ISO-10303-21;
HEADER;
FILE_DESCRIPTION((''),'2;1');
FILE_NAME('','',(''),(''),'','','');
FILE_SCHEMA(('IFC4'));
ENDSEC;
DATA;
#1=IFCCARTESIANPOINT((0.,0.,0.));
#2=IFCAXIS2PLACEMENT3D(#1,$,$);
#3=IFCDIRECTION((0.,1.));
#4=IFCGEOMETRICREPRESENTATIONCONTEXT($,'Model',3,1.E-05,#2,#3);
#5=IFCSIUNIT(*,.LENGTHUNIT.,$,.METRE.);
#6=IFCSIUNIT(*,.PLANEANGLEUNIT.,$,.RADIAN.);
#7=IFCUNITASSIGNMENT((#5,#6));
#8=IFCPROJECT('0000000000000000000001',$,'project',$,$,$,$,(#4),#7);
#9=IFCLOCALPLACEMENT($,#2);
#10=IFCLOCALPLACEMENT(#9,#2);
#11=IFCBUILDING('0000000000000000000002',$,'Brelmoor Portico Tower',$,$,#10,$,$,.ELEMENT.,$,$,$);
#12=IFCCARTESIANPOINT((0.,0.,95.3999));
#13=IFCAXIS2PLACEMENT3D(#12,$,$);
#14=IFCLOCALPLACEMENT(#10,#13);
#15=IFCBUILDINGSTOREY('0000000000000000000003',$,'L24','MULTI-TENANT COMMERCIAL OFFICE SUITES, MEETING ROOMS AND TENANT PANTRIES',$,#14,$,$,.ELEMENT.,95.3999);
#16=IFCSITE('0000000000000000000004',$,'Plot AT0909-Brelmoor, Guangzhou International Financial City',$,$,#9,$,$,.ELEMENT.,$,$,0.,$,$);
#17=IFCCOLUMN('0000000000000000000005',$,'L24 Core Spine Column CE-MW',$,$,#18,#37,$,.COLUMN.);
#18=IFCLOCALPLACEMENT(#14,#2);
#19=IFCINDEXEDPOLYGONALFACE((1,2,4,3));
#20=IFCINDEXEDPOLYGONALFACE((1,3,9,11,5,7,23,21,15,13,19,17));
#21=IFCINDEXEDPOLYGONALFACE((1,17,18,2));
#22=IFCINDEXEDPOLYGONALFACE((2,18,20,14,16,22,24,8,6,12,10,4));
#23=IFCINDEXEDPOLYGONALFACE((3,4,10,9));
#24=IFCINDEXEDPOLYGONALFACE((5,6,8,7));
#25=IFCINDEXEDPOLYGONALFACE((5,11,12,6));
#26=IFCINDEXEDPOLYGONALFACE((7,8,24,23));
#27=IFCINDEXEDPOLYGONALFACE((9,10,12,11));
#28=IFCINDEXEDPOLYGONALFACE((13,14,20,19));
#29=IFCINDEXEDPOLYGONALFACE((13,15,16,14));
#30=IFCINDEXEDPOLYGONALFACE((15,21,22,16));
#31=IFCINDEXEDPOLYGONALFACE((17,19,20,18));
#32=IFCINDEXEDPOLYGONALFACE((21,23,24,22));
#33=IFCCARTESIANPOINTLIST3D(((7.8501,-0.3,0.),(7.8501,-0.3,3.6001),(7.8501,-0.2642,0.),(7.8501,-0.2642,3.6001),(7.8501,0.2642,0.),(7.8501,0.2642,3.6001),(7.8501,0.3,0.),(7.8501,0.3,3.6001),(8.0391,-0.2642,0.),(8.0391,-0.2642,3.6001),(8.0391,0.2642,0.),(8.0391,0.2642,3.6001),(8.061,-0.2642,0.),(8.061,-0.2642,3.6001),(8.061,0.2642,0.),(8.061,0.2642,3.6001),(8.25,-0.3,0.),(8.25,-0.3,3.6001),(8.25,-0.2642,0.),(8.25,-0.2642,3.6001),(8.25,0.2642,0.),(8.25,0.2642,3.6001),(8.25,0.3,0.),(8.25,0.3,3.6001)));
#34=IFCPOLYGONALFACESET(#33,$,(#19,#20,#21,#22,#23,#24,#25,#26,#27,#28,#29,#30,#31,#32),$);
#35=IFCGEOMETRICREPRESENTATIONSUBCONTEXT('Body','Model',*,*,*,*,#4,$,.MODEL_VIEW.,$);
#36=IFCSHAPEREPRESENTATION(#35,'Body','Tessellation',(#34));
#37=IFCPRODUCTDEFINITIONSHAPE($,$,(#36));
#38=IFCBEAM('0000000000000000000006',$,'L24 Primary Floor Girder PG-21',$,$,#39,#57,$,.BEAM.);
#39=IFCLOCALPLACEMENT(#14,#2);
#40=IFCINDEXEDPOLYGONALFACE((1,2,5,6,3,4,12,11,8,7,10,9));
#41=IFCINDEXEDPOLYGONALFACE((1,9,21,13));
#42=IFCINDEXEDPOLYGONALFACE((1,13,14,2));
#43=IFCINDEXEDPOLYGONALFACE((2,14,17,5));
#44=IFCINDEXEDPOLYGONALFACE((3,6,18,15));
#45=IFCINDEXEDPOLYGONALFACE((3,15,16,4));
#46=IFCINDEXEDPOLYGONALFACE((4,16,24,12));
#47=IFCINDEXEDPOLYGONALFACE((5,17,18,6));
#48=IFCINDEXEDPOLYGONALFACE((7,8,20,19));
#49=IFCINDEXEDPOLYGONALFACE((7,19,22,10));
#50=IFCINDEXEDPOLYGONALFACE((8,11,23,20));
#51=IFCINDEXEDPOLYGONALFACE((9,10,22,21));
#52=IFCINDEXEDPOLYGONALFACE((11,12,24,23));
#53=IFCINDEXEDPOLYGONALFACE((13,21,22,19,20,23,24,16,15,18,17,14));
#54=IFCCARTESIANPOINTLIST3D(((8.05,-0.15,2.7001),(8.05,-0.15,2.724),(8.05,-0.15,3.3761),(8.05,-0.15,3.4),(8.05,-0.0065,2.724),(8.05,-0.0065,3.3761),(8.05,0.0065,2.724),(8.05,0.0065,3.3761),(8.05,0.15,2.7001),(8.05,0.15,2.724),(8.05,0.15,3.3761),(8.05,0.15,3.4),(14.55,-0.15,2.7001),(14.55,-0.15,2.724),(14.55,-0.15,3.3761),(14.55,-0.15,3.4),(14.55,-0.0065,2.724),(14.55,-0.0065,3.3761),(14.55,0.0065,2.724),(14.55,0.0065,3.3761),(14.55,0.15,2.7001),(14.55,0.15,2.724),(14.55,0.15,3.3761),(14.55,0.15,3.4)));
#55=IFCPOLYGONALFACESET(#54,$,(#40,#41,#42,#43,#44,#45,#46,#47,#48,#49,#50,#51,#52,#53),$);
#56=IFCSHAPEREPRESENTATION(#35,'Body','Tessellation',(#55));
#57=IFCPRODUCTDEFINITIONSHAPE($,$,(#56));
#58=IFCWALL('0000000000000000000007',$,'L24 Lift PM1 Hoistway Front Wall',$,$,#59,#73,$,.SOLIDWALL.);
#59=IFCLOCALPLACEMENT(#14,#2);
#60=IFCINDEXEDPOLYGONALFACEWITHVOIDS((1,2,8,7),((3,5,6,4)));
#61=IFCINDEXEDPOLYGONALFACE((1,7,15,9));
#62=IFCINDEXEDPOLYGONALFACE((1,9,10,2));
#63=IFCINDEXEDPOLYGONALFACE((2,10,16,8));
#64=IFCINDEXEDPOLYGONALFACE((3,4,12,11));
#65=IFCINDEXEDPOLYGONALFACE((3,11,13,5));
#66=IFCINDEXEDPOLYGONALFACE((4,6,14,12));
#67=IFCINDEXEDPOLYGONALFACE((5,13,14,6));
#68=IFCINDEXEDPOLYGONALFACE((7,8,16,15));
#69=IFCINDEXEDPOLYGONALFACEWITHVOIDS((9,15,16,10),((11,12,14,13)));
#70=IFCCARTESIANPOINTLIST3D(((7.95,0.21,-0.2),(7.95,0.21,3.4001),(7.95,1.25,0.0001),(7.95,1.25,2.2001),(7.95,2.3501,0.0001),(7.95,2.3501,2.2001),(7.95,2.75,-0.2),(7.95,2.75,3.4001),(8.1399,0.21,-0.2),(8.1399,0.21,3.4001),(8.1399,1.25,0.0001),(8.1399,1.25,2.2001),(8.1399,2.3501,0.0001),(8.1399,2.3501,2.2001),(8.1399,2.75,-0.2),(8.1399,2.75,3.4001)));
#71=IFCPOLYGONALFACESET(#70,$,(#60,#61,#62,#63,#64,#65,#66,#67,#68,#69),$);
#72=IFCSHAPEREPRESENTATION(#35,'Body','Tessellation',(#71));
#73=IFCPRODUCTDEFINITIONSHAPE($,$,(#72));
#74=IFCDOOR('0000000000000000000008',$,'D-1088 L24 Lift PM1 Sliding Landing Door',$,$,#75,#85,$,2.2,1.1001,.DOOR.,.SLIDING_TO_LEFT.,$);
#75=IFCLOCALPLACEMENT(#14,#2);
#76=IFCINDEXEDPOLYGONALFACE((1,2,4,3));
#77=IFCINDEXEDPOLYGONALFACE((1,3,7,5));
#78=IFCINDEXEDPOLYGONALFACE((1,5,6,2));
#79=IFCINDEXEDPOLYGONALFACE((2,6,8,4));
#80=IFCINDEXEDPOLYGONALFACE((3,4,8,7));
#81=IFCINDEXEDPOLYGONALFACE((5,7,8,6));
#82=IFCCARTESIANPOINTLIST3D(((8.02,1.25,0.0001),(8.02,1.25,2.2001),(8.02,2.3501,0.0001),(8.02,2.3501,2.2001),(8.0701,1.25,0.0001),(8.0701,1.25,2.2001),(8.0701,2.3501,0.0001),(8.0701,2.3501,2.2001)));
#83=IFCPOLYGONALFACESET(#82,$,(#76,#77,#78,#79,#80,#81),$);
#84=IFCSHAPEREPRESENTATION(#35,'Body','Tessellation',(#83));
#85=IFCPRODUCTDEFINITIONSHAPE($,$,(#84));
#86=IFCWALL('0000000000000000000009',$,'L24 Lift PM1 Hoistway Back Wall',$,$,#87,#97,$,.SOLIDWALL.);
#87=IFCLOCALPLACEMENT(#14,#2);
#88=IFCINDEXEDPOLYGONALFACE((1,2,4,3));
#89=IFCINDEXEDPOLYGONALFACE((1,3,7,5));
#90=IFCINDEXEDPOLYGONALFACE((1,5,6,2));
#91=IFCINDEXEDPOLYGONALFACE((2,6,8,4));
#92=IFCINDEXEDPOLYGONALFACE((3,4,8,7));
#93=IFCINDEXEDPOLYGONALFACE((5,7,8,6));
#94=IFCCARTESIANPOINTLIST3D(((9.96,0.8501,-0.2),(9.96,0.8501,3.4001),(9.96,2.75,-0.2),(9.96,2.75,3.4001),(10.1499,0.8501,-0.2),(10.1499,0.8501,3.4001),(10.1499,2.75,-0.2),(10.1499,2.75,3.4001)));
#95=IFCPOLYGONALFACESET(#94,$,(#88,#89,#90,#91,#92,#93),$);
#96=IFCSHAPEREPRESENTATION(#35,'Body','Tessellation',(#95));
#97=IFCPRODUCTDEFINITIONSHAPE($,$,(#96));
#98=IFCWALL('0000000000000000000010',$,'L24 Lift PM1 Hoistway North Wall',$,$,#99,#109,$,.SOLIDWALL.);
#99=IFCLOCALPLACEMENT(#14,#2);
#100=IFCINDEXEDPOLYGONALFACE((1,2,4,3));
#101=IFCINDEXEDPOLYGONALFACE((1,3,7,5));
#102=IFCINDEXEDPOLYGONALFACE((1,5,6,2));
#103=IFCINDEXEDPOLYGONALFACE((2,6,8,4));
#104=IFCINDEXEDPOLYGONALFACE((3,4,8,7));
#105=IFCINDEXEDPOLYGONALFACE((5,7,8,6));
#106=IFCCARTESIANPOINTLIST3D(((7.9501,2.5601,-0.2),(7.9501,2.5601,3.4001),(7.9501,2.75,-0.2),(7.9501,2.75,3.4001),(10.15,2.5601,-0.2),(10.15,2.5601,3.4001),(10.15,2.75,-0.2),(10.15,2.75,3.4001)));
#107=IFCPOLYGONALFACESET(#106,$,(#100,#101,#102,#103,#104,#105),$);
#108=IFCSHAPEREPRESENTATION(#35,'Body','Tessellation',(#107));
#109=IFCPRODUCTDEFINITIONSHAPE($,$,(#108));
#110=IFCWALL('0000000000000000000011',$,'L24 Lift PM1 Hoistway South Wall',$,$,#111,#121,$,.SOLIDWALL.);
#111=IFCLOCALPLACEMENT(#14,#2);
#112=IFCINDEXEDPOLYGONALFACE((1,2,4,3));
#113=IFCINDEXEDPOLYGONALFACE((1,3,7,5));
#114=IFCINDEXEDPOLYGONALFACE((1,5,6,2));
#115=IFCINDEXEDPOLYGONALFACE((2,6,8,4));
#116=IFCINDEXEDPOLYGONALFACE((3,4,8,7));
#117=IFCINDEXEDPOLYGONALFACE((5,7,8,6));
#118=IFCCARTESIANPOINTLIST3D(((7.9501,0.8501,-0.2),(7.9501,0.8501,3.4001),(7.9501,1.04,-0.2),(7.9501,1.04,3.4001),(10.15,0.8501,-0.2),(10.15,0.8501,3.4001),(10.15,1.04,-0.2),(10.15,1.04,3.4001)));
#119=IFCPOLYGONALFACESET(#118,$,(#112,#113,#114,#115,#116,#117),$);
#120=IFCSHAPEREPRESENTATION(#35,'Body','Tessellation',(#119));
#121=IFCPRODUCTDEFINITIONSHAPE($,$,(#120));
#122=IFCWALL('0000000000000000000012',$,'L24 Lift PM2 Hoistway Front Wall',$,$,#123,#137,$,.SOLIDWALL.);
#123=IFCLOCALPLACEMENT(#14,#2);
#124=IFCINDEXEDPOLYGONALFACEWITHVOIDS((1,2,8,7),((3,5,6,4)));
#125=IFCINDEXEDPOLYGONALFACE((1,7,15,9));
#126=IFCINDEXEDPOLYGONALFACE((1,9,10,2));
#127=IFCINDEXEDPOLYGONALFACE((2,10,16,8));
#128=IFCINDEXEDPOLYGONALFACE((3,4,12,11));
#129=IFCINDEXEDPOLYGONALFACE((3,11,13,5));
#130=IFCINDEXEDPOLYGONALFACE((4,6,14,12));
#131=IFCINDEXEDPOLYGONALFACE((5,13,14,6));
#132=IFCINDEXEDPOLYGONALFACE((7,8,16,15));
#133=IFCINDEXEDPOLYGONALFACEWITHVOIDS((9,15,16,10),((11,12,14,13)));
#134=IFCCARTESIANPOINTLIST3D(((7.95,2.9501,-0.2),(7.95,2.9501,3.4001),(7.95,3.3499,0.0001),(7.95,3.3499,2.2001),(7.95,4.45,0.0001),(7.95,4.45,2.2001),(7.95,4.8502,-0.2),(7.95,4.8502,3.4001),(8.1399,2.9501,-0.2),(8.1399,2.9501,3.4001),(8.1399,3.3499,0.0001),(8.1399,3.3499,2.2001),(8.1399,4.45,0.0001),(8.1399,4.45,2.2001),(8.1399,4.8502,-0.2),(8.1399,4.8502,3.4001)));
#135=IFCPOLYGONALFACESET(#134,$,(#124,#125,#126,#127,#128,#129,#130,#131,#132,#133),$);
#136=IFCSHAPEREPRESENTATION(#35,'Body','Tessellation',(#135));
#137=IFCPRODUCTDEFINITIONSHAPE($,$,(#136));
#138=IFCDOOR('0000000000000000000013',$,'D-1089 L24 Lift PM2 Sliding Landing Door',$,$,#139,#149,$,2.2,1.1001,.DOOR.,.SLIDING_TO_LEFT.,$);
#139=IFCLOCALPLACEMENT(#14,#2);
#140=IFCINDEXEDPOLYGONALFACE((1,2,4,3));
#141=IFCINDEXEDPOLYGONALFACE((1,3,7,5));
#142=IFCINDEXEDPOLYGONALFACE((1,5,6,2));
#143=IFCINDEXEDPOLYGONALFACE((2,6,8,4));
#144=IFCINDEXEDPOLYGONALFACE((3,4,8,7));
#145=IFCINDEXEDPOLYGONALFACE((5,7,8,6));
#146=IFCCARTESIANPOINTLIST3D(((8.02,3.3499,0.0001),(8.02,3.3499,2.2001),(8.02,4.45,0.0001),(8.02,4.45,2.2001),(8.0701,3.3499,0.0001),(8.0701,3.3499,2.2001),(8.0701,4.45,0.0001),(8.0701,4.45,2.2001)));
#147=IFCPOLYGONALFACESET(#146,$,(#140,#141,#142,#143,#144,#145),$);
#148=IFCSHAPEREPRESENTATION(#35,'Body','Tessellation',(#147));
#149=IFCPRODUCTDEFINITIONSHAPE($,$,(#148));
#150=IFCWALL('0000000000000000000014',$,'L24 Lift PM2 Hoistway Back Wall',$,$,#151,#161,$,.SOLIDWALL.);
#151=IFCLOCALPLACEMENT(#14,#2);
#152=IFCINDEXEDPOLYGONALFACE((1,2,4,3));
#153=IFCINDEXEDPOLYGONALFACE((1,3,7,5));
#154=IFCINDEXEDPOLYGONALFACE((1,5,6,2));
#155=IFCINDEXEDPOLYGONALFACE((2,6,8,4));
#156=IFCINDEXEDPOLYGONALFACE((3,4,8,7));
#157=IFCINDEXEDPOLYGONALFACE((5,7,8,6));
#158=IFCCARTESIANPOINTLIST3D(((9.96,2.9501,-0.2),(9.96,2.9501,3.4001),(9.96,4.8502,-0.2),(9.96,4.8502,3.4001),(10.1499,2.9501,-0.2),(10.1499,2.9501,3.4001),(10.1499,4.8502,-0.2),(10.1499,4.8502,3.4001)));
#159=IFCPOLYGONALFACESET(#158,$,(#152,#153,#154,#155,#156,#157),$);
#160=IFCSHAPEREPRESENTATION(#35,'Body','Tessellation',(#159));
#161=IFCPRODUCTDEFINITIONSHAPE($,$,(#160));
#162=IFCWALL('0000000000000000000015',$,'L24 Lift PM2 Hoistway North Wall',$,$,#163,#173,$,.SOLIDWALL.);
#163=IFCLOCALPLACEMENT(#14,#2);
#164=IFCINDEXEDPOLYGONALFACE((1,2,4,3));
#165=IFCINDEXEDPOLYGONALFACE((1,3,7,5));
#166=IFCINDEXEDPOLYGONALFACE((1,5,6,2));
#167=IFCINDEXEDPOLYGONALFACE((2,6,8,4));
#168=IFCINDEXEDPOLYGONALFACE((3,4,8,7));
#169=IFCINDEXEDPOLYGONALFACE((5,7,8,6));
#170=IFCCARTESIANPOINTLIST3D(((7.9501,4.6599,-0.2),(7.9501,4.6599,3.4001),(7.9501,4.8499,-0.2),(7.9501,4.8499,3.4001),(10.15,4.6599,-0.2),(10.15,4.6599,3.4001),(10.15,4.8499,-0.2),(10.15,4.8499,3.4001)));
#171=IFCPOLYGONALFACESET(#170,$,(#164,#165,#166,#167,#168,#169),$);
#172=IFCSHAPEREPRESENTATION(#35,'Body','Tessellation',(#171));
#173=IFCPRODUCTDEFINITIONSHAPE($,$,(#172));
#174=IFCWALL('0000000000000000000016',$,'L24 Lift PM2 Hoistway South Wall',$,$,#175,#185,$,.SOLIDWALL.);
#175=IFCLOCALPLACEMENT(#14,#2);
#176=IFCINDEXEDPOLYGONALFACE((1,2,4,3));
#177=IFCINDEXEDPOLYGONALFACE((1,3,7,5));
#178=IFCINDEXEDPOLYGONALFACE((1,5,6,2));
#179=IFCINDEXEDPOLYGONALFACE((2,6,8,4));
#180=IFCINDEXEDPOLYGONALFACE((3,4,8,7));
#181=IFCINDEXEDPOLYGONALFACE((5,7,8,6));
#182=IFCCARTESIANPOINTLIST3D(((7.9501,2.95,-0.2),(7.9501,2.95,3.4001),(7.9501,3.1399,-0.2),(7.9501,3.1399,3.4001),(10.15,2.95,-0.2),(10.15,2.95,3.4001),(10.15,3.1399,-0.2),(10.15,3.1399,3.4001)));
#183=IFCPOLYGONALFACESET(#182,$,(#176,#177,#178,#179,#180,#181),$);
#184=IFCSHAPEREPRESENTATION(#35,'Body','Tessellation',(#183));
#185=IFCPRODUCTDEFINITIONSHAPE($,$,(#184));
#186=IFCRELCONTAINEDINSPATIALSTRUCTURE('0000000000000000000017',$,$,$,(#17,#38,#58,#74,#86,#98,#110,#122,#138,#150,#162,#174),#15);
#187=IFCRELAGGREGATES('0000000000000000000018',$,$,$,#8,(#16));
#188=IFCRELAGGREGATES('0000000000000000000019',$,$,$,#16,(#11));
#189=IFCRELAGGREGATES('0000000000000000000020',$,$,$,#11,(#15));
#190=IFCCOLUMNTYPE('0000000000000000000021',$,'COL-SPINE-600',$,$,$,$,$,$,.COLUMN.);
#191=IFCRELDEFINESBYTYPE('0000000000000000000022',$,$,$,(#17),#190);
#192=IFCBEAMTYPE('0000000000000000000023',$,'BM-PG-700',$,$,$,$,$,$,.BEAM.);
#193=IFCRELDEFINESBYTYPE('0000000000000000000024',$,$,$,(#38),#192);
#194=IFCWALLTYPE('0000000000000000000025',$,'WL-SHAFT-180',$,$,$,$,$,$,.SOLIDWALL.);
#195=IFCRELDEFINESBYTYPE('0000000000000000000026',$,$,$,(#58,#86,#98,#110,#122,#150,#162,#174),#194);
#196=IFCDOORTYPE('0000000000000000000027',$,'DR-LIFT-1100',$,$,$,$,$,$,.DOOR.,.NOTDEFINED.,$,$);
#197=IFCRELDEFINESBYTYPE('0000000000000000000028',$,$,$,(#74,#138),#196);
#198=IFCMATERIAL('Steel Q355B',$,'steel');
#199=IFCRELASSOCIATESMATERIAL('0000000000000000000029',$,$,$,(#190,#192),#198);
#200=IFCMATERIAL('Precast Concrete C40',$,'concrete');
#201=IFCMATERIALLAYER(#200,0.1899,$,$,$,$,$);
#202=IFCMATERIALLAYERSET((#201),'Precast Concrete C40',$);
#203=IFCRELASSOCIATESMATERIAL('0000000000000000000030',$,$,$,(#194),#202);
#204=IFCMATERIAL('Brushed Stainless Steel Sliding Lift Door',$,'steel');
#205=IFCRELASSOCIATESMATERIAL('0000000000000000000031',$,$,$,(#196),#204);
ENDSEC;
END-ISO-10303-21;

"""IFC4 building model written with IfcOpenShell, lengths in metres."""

from ifc_helpers import new_model, si_unit, direction, frame, frame_2d, origin, origin_2d, place, context, subcontext, project, spatial, rectangle, i_section, extrude, material, layer, layer_set, material_profile, profile_set, type_object, element, fill, save


model = new_model("IFC4")

# Units and contexts
model_context = context("Model", 3, precision=1e-05, world=origin(), true_north=direction((0.0, 1.0)))
body_context = subcontext(model_context, "Body", "Model", "MODEL_VIEW")
ifc_project = project(units=[si_unit("LENGTHUNIT", "METRE"), si_unit("PLANEANGLEUNIT", "RADIAN")], contexts=[model_context])

# Site, building, storey
site_placement = place(None, origin())
site = spatial("IfcSite", under=ifc_project, at=site_placement, Name="Plot AT0909-Brelmoor, Guangzhou International Financial City", CompositionType="ELEMENT", RefElevation=0.0)
building_placement = place(site_placement, origin())
building = spatial("IfcBuilding", under=site, at=building_placement, Name="Brelmoor Portico Tower", CompositionType="ELEMENT")
storey_placement = place(building_placement, frame((0.0, 0.0, 95.3999)))
storey = spatial("IfcBuildingStorey", under=building, at=storey_placement, Name="L24", Description="MULTI-TENANT COMMERCIAL OFFICE SUITES, MEETING ROOMS AND TENANT PANTRIES", CompositionType="ELEMENT", Elevation=95.3999)

# Column
ifc_material_1 = material(Name="Steel Q355B", Category="steel")
ifc_material_profile_1 = material_profile(ifc_material_1, i_section(OverallWidth=0.3999, OverallDepth=0.6001, WebThickness=0.022, FlangeThickness=0.0359, at=origin_2d()), Name="HW 600x400x22x36")
ifc_profile_set_1 = profile_set([ifc_material_profile_1], Name="Steel Q355B")
column_type = type_object("IfcColumnType", Name="COL-SPINE-600", PredefinedType="COLUMN", material=ifc_profile_set_1)
column_placement = place(storey_placement, frame((8.05, 0.0, 0.0), z_axis=(0.0, 0.0, 1.0), x_axis=(1.0, 0.0, 0.0)))
element("IfcColumn", 1, at=column_placement, inside=storey, type_object=column_type, Name="L24 Core Spine Column CE-MW", PredefinedType="COLUMN", context=body_context, shape_type="SweptSolid", body=[
    extrude(i_section(OverallWidth=0.3999, OverallDepth=0.6001, WebThickness=0.022, FlangeThickness=0.0359, at=origin_2d()), origin(), (0.0, 0.0, 1.0), 3.6001),
])

# Beam
ifc_material_profile_2 = material_profile(ifc_material_1, i_section(OverallWidth=0.3, OverallDepth=0.7, WebThickness=0.0129, FlangeThickness=0.0239, at=origin_2d()), Name="HN 700x300x13x24")
ifc_profile_set_2 = profile_set([ifc_material_profile_2], Name="Steel Q355B")
beam_type = type_object("IfcBeamType", Name="BM-PG-700", PredefinedType="BEAM", material=ifc_profile_set_2)
beam_placement = place(storey_placement, frame((8.05, 0.0, 3.05), z_axis=(1.0, 0.0, 0.0), x_axis=(0.0, 1.0, 0.0)))
element("IfcBeam", 2, at=beam_placement, inside=storey, type_object=beam_type, Name="L24 Primary Floor Girder PG-21", PredefinedType="BEAM", context=body_context, shape_type="SweptSolid", body=[
    extrude(i_section(OverallWidth=0.3, OverallDepth=0.7, WebThickness=0.0129, FlangeThickness=0.0239, at=origin_2d()), origin(), (0.0, 0.0, 1.0), 6.5),
])

# Wall, opening, door
ifc_material_2 = material(Name="Precast Concrete C40", Category="concrete")
ifc_layer_1 = layer(ifc_material_2, 0.1899)
ifc_layer_set_1 = layer_set([ifc_layer_1], Name="Precast Concrete C40")
wall_type_1 = type_object("IfcWallType", Name="WL-SHAFT-180", PredefinedType="SOLIDWALL", material=ifc_layer_set_1)
wall_1_placement = place(storey_placement, frame((8.0449, 0.21, -0.2), z_axis=(0.0, 0.0, 1.0), x_axis=(0.0, 1.0, 0.0)))
wall_1 = element("IfcWall", 3, at=wall_1_placement, inside=storey, type_object=wall_type_1, Name="L24 Lift PM1 Hoistway Front Wall", PredefinedType="SOLIDWALL", context=body_context, shape_type="SweptSolid", body=[
    extrude(rectangle(XDim=2.54, YDim=0.1899, at=frame_2d((1.27, 0.0))), origin(), (0.0, 0.0, 1.0), 3.6001),
])
opening_1_placement = place(wall_1_placement, frame((1.04, 0.0, 0.2)))
opening_1 = element("IfcOpeningElement", 4, at=opening_1_placement, cuts=wall_1, PredefinedType="OPENING", context=body_context, shape_type="SweptSolid", body=[
    extrude(rectangle(XDim=1.1001, YDim=2.2, at=frame_2d((0.55, 1.1001))), frame((0.0, 0.105, 0.0), z_axis=(0.0, -1.0, 0.0), x_axis=(1.0, 0.0, 0.0)), (0.0, 0.0, 1.0), 0.21),
])
ifc_material_3 = material(Name="Brushed Stainless Steel Sliding Lift Door", Category="steel")
door_type_1 = type_object("IfcDoorType", Name="DR-LIFT-1100", OperationType="NOTDEFINED", PredefinedType="DOOR", material=ifc_material_3)
door_1_placement = place(opening_1_placement, origin())
door_1 = element("IfcDoor", 5, at=door_1_placement, inside=storey, type_object=door_type_1, Name="D-1088 L24 Lift PM1 Sliding Landing Door", OperationType="SLIDING_TO_LEFT", OverallHeight=2.2, OverallWidth=1.1001, PredefinedType="DOOR", context=body_context, shape_type="SweptSolid", body=[
    extrude(rectangle(XDim=1.1001, YDim=2.2, at=frame_2d((0.55, 1.1001))), frame((0.0, 0.0249, 0.0), z_axis=(0.0, -1.0, 0.0), x_axis=(1.0, 0.0, 0.0)), (0.0, 0.0, 1.0), 0.05),
])
fill(opening_1, door_1)

# Walls
wall_2_placement = place(storey_placement, frame((10.0549, 0.8501, -0.2), z_axis=(0.0, 0.0, 1.0), x_axis=(0.0, 1.0, 0.0)))
element("IfcWall", 6, at=wall_2_placement, inside=storey, type_object=wall_type_1, Name="L24 Lift PM1 Hoistway Back Wall", PredefinedType="SOLIDWALL", context=body_context, shape_type="SweptSolid", body=[
    extrude(rectangle(XDim=1.8999, YDim=0.1899, at=frame_2d((0.95, 0.0))), origin(), (0.0, 0.0, 1.0), 3.6001),
])
for number, where, z_axis, x_axis, name in (
    (7, (7.95, 2.655, -0.2), (0.0, 0.0, 1.0), (1.0, 0.0, 0.0), "L24 Lift PM1 Hoistway North Wall"),
    (8, (7.95, 0.9451, -0.2), (0.0, 0.0, 1.0), (1.0, 0.0, 0.0), "L24 Lift PM1 Hoistway South Wall"),
):
    element("IfcWall", number, at=place(storey_placement, frame(where, z_axis=z_axis, x_axis=x_axis)), inside=storey, type_object=wall_type_1, Name=name, PredefinedType="SOLIDWALL", context=body_context, shape_type="SweptSolid", body=[
        extrude(rectangle(XDim=2.2, YDim=0.1899, at=frame_2d((1.1001, 0.0))), origin(), (0.0, 0.0, 1.0), 3.6001),
    ])

# Wall, opening, door
wall_3_placement = place(storey_placement, frame((8.0449, 2.95, -0.2), z_axis=(0.0, 0.0, 1.0), x_axis=(0.0, 1.0, 0.0)))
wall_3 = element("IfcWall", 9, at=wall_3_placement, inside=storey, type_object=wall_type_1, Name="L24 Lift PM2 Hoistway Front Wall", PredefinedType="SOLIDWALL", context=body_context, shape_type="SweptSolid", body=[
    extrude(rectangle(XDim=1.9001, YDim=0.1899, at=frame_2d((0.9502, 0.0))), origin(), (0.0, 0.0, 1.0), 3.6001),
])
opening_2_placement = place(wall_3_placement, frame((0.3999, 0.0, 0.2)))
opening_2 = element("IfcOpeningElement", 10, at=opening_2_placement, cuts=wall_3, PredefinedType="OPENING", context=body_context, shape_type="SweptSolid", body=[
    extrude(rectangle(XDim=1.1001, YDim=2.2, at=frame_2d((0.55, 1.1001))), frame((0.0, 0.105, 0.0), z_axis=(0.0, -1.0, 0.0), x_axis=(1.0, 0.0, 0.0)), (0.0, 0.0, 1.0), 0.21),
])
door_2_placement = place(opening_2_placement, origin())
door_2 = element("IfcDoor", 11, at=door_2_placement, inside=storey, type_object=door_type_1, Name="D-1089 L24 Lift PM2 Sliding Landing Door", OperationType="SLIDING_TO_LEFT", OverallHeight=2.2, OverallWidth=1.1001, PredefinedType="DOOR", context=body_context, shape_type="SweptSolid", body=[
    extrude(rectangle(XDim=1.1001, YDim=2.2, at=frame_2d((0.55, 1.1001))), frame((0.0, 0.0249, 0.0), z_axis=(0.0, -1.0, 0.0), x_axis=(1.0, 0.0, 0.0)), (0.0, 0.0, 1.0), 0.05),
])
fill(opening_2, door_2)

# Walls
wall_4_placement = place(storey_placement, frame((10.0549, 2.95, -0.2), z_axis=(0.0, 0.0, 1.0), x_axis=(0.0, 1.0, 0.0)))
element("IfcWall", 12, at=wall_4_placement, inside=storey, type_object=wall_type_1, Name="L24 Lift PM2 Hoistway Back Wall", PredefinedType="SOLIDWALL", context=body_context, shape_type="SweptSolid", body=[
    extrude(rectangle(XDim=1.9001, YDim=0.1899, at=frame_2d((0.9502, 0.0))), origin(), (0.0, 0.0, 1.0), 3.6001),
])
for number, where, z_axis, x_axis, name in (
    (13, (7.95, 4.7549, -0.2), (0.0, 0.0, 1.0), (1.0, 0.0, 0.0), "L24 Lift PM2 Hoistway North Wall"),
    (14, (7.95, 3.0449, -0.2), (0.0, 0.0, 1.0), (1.0, 0.0, 0.0), "L24 Lift PM2 Hoistway South Wall"),
):
    element("IfcWall", number, at=place(storey_placement, frame(where, z_axis=z_axis, x_axis=x_axis)), inside=storey, type_object=wall_type_1, Name=name, PredefinedType="SOLIDWALL", context=body_context, shape_type="SweptSolid", body=[
        extrude(rectangle(XDim=2.2, YDim=0.1899, at=frame_2d((1.1001, 0.0))), origin(), (0.0, 0.0, 1.0), 3.6001),
    ])

save(model, "model.ifc")
